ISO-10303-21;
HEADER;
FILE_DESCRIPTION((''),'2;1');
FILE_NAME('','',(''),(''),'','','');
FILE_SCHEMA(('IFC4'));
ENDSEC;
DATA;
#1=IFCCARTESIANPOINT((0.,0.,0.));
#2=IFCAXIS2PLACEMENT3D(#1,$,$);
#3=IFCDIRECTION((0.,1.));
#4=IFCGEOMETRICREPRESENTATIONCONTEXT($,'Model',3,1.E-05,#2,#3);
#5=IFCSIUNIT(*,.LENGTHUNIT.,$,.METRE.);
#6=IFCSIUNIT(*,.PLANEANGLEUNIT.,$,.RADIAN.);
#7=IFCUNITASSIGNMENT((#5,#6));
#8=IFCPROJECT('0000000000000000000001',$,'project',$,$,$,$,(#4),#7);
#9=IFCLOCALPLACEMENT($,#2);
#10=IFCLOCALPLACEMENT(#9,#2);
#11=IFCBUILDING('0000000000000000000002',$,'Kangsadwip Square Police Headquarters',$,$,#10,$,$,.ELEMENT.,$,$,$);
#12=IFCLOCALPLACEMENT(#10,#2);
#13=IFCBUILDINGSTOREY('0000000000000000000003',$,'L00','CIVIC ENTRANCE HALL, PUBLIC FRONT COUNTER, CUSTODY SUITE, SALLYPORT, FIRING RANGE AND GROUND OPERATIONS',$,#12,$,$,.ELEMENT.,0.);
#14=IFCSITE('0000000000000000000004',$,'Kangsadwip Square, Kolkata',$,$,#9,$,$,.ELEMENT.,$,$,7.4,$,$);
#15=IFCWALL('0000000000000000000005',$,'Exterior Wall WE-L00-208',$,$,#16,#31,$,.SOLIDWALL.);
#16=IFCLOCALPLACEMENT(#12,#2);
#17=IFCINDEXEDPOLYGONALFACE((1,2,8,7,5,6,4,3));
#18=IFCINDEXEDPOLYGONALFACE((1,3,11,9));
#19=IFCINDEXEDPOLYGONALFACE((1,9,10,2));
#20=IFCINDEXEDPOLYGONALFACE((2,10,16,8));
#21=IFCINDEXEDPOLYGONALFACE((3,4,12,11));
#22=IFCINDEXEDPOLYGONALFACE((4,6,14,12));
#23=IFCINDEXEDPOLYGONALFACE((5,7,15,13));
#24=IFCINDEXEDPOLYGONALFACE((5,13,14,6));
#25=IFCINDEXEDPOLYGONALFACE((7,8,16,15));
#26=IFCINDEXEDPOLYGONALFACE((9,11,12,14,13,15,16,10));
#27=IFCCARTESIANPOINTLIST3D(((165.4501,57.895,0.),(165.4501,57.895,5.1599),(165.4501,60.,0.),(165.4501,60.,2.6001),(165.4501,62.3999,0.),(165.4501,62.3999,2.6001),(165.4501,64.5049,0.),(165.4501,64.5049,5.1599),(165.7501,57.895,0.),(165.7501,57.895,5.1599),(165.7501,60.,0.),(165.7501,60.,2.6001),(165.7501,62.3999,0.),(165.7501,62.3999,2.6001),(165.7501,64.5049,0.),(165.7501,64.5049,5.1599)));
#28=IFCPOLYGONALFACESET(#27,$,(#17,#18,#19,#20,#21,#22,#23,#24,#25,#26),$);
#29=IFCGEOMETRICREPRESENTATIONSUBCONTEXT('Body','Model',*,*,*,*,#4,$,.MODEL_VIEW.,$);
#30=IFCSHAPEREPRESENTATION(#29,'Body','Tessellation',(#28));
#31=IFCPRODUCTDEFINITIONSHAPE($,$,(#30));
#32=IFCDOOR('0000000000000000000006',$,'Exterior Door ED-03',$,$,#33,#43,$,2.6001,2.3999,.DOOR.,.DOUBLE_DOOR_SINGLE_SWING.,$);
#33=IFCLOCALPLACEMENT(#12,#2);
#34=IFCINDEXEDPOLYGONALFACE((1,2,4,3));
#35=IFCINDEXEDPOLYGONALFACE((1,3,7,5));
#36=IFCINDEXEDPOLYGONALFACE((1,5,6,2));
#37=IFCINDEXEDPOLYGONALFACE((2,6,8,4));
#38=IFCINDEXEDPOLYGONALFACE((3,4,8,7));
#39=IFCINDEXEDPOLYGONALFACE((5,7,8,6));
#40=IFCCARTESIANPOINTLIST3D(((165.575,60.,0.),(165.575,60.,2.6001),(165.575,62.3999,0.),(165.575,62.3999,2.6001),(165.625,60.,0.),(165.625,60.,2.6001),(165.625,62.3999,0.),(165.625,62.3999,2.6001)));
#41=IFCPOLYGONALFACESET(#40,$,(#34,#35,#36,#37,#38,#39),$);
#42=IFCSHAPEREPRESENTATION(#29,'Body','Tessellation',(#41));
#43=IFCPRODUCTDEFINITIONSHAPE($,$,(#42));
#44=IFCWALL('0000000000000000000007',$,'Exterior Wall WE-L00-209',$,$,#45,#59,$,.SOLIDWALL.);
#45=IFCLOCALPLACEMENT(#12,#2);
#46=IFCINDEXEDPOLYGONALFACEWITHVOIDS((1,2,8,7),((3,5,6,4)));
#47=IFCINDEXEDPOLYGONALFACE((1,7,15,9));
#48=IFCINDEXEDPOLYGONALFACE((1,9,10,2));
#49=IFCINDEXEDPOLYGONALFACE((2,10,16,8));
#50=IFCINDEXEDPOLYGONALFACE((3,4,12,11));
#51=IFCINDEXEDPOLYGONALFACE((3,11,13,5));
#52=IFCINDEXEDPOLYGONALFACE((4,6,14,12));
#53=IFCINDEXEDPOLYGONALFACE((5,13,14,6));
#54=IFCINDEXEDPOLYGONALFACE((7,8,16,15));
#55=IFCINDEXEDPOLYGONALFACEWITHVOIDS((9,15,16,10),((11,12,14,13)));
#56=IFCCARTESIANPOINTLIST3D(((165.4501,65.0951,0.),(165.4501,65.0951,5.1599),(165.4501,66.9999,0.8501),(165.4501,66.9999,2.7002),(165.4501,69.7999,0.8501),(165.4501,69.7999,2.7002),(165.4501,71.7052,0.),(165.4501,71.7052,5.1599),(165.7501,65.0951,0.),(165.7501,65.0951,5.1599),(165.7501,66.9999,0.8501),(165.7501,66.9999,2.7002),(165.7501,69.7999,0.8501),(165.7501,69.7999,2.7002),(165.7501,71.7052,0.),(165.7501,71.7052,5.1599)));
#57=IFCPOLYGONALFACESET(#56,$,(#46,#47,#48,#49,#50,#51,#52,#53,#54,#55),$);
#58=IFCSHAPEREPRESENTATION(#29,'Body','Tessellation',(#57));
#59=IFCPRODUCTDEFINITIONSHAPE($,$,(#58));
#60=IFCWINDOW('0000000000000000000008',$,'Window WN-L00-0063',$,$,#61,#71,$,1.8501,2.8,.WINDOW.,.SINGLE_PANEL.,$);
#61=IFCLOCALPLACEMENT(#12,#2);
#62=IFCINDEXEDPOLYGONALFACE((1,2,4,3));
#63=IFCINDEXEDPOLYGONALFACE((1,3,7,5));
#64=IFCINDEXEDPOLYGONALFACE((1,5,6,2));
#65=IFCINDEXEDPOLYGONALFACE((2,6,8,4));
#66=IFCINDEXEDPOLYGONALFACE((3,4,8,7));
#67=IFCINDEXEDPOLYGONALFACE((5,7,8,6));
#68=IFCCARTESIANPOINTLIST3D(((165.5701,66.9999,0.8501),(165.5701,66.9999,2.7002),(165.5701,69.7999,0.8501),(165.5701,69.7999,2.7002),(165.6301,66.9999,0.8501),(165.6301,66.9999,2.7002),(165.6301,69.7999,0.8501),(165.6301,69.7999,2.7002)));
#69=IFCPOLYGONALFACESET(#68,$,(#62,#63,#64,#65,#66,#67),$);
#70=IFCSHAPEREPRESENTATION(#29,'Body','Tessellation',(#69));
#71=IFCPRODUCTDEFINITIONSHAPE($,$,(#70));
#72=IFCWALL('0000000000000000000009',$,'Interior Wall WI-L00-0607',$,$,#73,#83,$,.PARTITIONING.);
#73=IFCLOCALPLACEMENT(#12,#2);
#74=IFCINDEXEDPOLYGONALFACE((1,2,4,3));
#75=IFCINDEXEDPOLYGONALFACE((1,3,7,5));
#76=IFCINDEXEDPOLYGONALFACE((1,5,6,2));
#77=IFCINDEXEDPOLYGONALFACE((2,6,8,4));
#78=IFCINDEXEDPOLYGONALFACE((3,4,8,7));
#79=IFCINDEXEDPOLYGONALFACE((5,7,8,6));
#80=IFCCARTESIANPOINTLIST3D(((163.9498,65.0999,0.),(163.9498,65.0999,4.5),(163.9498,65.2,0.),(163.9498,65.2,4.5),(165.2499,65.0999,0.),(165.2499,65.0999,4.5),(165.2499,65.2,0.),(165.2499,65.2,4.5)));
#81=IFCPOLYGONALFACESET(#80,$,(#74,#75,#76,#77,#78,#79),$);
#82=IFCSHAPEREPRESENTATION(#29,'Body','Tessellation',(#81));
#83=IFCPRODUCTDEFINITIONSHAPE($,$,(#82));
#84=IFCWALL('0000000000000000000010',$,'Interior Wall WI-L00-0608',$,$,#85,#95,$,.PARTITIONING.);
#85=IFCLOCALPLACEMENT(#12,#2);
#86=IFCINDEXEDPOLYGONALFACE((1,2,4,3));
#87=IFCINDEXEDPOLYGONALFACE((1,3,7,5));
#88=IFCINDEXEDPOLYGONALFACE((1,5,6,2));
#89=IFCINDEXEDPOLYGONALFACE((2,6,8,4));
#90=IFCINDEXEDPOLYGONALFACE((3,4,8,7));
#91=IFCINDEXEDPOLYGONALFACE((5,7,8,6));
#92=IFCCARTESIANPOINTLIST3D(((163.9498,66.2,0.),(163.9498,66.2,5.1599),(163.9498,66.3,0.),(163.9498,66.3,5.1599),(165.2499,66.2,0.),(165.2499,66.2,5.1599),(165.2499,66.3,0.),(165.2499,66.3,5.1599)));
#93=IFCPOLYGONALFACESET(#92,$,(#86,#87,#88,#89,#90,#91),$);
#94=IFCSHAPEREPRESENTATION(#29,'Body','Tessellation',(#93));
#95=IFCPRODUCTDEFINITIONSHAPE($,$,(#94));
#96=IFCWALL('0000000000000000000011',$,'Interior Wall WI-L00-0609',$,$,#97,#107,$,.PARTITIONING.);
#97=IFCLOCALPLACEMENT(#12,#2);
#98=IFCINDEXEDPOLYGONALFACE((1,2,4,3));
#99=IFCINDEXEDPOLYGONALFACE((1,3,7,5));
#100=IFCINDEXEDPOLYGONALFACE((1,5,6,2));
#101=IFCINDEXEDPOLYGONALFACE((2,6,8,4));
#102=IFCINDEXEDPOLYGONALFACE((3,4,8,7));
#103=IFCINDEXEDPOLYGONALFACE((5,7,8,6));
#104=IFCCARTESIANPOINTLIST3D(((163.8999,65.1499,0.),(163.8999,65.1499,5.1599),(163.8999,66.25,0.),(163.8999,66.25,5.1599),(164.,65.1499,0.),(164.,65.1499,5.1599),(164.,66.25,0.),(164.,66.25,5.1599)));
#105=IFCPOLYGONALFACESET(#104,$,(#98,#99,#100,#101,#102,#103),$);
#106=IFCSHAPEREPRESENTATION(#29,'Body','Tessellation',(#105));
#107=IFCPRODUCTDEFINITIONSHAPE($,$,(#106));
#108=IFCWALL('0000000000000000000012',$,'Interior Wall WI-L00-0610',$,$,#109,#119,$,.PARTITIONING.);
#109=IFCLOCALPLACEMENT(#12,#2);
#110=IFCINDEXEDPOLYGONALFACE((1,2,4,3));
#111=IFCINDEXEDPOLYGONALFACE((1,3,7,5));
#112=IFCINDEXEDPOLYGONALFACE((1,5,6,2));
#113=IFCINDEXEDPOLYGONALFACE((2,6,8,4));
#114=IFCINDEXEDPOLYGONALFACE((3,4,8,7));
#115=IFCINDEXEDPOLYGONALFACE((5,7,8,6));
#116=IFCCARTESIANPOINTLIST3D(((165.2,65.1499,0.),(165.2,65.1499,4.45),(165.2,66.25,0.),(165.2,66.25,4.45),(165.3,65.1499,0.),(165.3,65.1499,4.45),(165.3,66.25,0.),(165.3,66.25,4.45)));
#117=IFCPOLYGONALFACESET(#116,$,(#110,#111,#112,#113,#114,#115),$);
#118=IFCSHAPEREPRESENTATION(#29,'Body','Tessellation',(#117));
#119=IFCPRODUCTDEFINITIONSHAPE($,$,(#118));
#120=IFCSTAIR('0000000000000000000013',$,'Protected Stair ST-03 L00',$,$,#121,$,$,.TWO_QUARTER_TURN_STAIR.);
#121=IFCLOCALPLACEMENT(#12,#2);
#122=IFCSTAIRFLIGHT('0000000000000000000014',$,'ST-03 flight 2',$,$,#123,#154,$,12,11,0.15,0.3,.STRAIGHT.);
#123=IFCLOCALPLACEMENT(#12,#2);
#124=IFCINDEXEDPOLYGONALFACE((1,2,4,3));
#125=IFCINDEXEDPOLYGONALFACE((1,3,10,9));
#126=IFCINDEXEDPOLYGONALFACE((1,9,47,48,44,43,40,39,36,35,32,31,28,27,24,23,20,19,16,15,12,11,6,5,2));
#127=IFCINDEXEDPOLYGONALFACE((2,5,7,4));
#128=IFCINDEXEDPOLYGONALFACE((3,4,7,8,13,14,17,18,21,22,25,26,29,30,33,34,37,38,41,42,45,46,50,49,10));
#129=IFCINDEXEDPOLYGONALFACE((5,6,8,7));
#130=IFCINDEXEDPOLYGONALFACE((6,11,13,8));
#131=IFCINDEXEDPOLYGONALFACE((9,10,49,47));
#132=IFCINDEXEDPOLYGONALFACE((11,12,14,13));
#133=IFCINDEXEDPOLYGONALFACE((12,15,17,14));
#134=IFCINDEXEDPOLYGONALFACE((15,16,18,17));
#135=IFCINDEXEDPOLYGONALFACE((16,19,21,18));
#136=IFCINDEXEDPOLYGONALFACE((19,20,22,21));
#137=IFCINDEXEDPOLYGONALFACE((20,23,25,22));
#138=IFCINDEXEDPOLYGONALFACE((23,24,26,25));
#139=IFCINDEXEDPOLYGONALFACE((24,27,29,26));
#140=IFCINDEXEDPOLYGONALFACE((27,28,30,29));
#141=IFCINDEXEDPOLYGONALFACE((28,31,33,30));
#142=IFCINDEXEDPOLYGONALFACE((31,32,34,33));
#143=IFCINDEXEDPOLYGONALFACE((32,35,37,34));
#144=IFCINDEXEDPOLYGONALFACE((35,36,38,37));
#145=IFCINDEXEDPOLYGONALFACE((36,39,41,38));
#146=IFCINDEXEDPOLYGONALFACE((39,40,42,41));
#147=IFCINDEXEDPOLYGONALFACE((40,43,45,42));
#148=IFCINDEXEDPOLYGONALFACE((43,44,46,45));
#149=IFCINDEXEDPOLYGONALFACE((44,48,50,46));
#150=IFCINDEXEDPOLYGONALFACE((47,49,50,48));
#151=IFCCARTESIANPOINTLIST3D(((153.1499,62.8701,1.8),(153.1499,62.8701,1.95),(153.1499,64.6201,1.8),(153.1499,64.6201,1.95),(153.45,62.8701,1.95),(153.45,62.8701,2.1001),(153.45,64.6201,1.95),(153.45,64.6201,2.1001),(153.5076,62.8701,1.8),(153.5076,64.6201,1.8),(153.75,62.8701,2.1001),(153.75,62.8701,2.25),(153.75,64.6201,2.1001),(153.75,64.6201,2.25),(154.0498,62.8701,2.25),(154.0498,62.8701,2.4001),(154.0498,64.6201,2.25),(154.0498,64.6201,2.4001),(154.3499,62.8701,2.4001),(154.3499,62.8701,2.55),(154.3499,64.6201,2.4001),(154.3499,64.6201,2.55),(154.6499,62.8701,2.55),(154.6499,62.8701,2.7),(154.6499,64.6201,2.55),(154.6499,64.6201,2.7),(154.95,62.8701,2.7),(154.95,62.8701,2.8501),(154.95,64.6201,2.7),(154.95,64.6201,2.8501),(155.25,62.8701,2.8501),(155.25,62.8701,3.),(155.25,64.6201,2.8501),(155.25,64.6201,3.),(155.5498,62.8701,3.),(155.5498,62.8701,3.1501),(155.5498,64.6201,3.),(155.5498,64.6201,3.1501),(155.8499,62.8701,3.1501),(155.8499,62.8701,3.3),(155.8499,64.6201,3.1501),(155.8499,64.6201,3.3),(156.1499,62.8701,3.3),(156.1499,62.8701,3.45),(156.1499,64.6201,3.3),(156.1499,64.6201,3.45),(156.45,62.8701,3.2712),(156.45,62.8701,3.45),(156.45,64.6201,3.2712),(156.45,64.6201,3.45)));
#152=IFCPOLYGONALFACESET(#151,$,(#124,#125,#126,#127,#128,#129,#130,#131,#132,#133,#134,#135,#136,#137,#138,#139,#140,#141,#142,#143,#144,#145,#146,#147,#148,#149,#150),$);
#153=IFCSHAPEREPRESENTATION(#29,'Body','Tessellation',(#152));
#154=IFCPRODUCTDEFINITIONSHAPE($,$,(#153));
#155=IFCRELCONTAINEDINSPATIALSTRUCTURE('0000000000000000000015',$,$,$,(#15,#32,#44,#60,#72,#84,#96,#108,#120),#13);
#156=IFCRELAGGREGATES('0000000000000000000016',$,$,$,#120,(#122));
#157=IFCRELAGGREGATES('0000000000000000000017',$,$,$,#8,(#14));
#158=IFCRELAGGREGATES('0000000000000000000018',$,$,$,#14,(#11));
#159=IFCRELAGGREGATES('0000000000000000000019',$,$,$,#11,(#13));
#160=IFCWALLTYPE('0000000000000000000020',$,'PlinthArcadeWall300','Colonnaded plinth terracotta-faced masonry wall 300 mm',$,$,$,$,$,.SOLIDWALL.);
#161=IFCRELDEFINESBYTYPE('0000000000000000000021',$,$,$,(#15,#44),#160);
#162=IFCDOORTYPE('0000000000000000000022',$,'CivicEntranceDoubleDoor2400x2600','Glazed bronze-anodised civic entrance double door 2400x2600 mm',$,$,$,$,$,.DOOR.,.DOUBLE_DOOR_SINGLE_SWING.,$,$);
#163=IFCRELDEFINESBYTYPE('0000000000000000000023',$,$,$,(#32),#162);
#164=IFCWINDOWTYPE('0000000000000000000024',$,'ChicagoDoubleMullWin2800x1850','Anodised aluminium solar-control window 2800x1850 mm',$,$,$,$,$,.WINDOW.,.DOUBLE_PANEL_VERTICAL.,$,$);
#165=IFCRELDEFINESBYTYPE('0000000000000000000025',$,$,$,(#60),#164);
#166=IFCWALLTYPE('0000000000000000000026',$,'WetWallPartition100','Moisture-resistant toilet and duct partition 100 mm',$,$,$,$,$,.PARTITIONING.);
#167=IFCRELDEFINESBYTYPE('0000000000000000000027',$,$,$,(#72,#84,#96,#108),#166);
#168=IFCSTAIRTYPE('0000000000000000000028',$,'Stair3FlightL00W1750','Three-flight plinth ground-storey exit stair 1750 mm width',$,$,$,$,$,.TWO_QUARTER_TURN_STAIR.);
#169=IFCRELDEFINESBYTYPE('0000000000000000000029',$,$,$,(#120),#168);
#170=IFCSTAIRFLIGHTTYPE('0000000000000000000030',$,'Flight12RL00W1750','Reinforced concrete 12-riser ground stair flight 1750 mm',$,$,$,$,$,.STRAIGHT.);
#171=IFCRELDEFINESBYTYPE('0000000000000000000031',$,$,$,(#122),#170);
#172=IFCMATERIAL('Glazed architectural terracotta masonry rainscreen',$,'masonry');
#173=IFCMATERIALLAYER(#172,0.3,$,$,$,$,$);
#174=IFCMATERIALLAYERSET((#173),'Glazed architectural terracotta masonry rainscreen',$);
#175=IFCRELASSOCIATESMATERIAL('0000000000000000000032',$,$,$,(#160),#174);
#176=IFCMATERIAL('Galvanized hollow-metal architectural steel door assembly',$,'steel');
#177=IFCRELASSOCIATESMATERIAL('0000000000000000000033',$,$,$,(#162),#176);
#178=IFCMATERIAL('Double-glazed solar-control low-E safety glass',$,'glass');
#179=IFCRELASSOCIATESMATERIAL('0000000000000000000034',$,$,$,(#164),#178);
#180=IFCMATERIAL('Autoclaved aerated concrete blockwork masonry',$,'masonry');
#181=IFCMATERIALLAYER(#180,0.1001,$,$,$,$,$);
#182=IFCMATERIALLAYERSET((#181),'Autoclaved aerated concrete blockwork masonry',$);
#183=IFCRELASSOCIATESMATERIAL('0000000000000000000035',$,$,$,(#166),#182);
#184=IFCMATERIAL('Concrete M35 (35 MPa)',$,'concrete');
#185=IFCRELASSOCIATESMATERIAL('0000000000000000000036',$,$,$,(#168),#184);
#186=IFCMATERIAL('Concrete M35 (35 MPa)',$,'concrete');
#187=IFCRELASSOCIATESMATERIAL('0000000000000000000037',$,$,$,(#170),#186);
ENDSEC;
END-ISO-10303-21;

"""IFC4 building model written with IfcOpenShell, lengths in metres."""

from ifc_helpers import new_model, si_unit, direction, frame, frame_2d, origin, place, context, subcontext, project, spatial, polyline, rectangle, outline, extrude, material, layer, layer_set, type_object, element, fill, aggregate, save


model = new_model("IFC4")

# Units and contexts
model_context = context("Model", 3, precision=1e-05, world=origin(), true_north=direction((0.0, 1.0)))
body_context = subcontext(model_context, "Body", "Model", "MODEL_VIEW")
ifc_project = project(units=[si_unit("LENGTHUNIT", "METRE"), si_unit("PLANEANGLEUNIT", "RADIAN")], contexts=[model_context])

# Site, building, storey
site_placement = place(None, origin())
site = spatial("IfcSite", under=ifc_project, at=site_placement, Name="Kangsadwip Square, Kolkata", CompositionType="ELEMENT", RefElevation=7.4)
building_placement = place(site_placement, origin())
building = spatial("IfcBuilding", under=site, at=building_placement, Name="Kangsadwip Square Police Headquarters", CompositionType="ELEMENT")
storey_placement = place(building_placement, origin())
storey = spatial("IfcBuildingStorey", under=building, at=storey_placement, Name="L00", Description="CIVIC ENTRANCE HALL, PUBLIC FRONT COUNTER, CUSTODY SUITE, SALLYPORT, FIRING RANGE AND GROUND OPERATIONS", CompositionType="ELEMENT", Elevation=0.0)

# Wall, opening, door
ifc_material_1 = material(Name="Glazed architectural terracotta masonry rainscreen", Category="masonry")
ifc_layer_1 = layer(ifc_material_1, 0.3)
ifc_layer_set_1 = layer_set([ifc_layer_1], Name="Glazed architectural terracotta masonry rainscreen")
wall_type_1 = type_object("IfcWallType", Name="PlinthArcadeWall300", Description="Colonnaded plinth terracotta-faced masonry wall 300 mm", PredefinedType="SOLIDWALL", material=ifc_layer_set_1)
wall_1_placement = place(storey_placement, frame((165.6001, 64.5049, 0.0), z_axis=(0.0, 0.0, 1.0), x_axis=(0.0, -1.0, 0.0)))
wall_1 = element("IfcWall", 1, at=wall_1_placement, inside=storey, type_object=wall_type_1, Name="Exterior Wall WE-L00-208", PredefinedType="SOLIDWALL", context=body_context, shape_type="SweptSolid", body=[
    extrude(rectangle(XDim=6.6099, YDim=0.3, at=frame_2d((3.3049, 0.0))), origin(), (0.0, 0.0, 1.0), 5.1599),
])
opening_1_placement = place(wall_1_placement, frame((2.105, 0.0, 0.0)))
opening_1 = element("IfcOpeningElement", 2, at=opening_1_placement, cuts=wall_1, PredefinedType="OPENING", context=body_context, shape_type="SweptSolid", body=[
    extrude(rectangle(XDim=2.3999, YDim=2.6001, at=frame_2d((1.2, 1.3))), frame((0.0, 0.1599, 0.0), z_axis=(0.0, -1.0, 0.0), x_axis=(1.0, 0.0, 0.0)), (0.0, 0.0, 1.0), 0.3201),
])
ifc_material_2 = material(Name="Galvanized hollow-metal architectural steel door assembly", Category="steel")
door_type_1 = type_object("IfcDoorType", Name="CivicEntranceDoubleDoor2400x2600", Description="Glazed bronze-anodised civic entrance double door 2400x2600 mm", OperationType="DOUBLE_DOOR_SINGLE_SWING", PredefinedType="DOOR", material=ifc_material_2)
door_1_placement = place(opening_1_placement, origin())
door_1 = element("IfcDoor", 3, at=door_1_placement, inside=storey, type_object=door_type_1, Name="Exterior Door ED-03", OperationType="DOUBLE_DOOR_SINGLE_SWING", OverallHeight=2.6001, OverallWidth=2.3999, PredefinedType="DOOR", context=body_context, shape_type="SweptSolid", body=[
    extrude(rectangle(XDim=2.3999, YDim=2.6001, at=frame_2d((1.2, 1.3))), frame((0.0, 0.0249, 0.0), z_axis=(0.0, -1.0, 0.0), x_axis=(1.0, 0.0, 0.0)), (0.0, 0.0, 1.0), 0.05),
])
fill(opening_1, door_1)

# Wall, opening, window
wall_2_placement = place(storey_placement, frame((165.6001, 65.095, 0.0), z_axis=(0.0, 0.0, 1.0), x_axis=(0.0, 1.0, 0.0)))
wall_2 = element("IfcWall", 4, at=wall_2_placement, inside=storey, type_object=wall_type_1, Name="Exterior Wall WE-L00-209", PredefinedType="SOLIDWALL", context=body_context, shape_type="SweptSolid", body=[
    extrude(rectangle(XDim=6.6101, YDim=0.3, at=frame_2d((3.3052, 0.0))), origin(), (0.0, 0.0, 1.0), 5.1599),
])
opening_2_placement = place(wall_2_placement, frame((1.905, 0.0, 0.8501)))
opening_2 = element("IfcOpeningElement", 5, at=opening_2_placement, cuts=wall_2, PredefinedType="OPENING", context=body_context, shape_type="SweptSolid", body=[
    extrude(rectangle(XDim=2.8, YDim=1.8501, at=frame_2d((1.3999, 0.925))), frame((0.0, 0.1599, 0.0), z_axis=(0.0, -1.0, 0.0), x_axis=(1.0, 0.0, 0.0)), (0.0, 0.0, 1.0), 0.3201),
])
ifc_material_3 = material(Name="Double-glazed solar-control low-E safety glass", Category="glass")
window_type = type_object("IfcWindowType", Name="ChicagoDoubleMullWin2800x1850", Description="Anodised aluminium solar-control window 2800x1850 mm", PartitioningType="DOUBLE_PANEL_VERTICAL", PredefinedType="WINDOW", material=ifc_material_3)
window_placement = place(opening_2_placement, origin())
window = element("IfcWindow", 6, at=window_placement, inside=storey, type_object=window_type, Name="Window WN-L00-0063", OverallHeight=1.8501, OverallWidth=2.8, PartitioningType="SINGLE_PANEL", PredefinedType="WINDOW", context=body_context, shape_type="SweptSolid", body=[
    extrude(rectangle(XDim=2.8, YDim=1.8501, at=frame_2d((1.3999, 0.925))), frame((0.0, 0.03, 0.0), z_axis=(0.0, -1.0, 0.0), x_axis=(1.0, 0.0, 0.0)), (0.0, 0.0, 1.0), 0.0601),
])
fill(opening_2, window)

# Walls
ifc_material_4 = material(Name="Autoclaved aerated concrete blockwork masonry", Category="masonry")
ifc_layer_2 = layer(ifc_material_4, 0.1001)
ifc_layer_set_2 = layer_set([ifc_layer_2], Name="Autoclaved aerated concrete blockwork masonry")
wall_type_2 = type_object("IfcWallType", Name="WetWallPartition100", Description="Moisture-resistant toilet and duct partition 100 mm", PredefinedType="PARTITIONING", material=ifc_layer_set_2)
wall_3_placement = place(storey_placement, frame((163.95, 65.1499, 0.0), z_axis=(0.0, 0.0, 1.0), x_axis=(1.0, 0.0, 0.0)))
element("IfcWall", 7, at=wall_3_placement, inside=storey, type_object=wall_type_2, Name="Interior Wall WI-L00-0607", PredefinedType="PARTITIONING", context=body_context, shape_type="SweptSolid", body=[
    extrude(rectangle(XDim=1.3, YDim=0.1001, at=frame_2d((0.6499, 0.0))), origin(), (0.0, 0.0, 1.0), 4.5),
])
wall_4_placement = place(storey_placement, frame((163.95, 66.25, 0.0), z_axis=(0.0, 0.0, 1.0), x_axis=(1.0, 0.0, 0.0)))
element("IfcWall", 8, at=wall_4_placement, inside=storey, type_object=wall_type_2, Name="Interior Wall WI-L00-0608", PredefinedType="PARTITIONING", context=body_context, shape_type="SweptSolid", body=[
    extrude(rectangle(XDim=1.3, YDim=0.1001, at=frame_2d((0.6499, 0.0))), origin(), (0.0, 0.0, 1.0), 5.1599),
])
wall_5_placement = place(storey_placement, frame((163.95, 65.1499, 0.0), z_axis=(0.0, 0.0, 1.0), x_axis=(0.0, 1.0, 0.0)))
element("IfcWall", 9, at=wall_5_placement, inside=storey, type_object=wall_type_2, Name="Interior Wall WI-L00-0609", PredefinedType="PARTITIONING", context=body_context, shape_type="SweptSolid", body=[
    extrude(rectangle(XDim=1.1001, YDim=0.1001, at=frame_2d((0.55, 0.0))), origin(), (0.0, 0.0, 1.0), 5.1599),
])
wall_6_placement = place(storey_placement, frame((165.25, 65.1499, 0.0), z_axis=(0.0, 0.0, 1.0), x_axis=(0.0, 1.0, 0.0)))
element("IfcWall", 10, at=wall_6_placement, inside=storey, type_object=wall_type_2, Name="Interior Wall WI-L00-0610", PredefinedType="PARTITIONING", context=body_context, shape_type="SweptSolid", body=[
    extrude(rectangle(XDim=1.1001, YDim=0.1001, at=frame_2d((0.55, 0.0))), origin(), (0.0, 0.0, 1.0), 4.45),
])

# Stair, stair flight
ifc_material_5 = material(Name="Concrete M35 (35 MPa)", Category="concrete")
stair_type = type_object("IfcStairType", Name="Stair3FlightL00W1750", Description="Three-flight plinth ground-storey exit stair 1750 mm width", PredefinedType="TWO_QUARTER_TURN_STAIR", material=ifc_material_5)
stair_placement = place(storey_placement, origin())
stair = element("IfcStair", 11, at=stair_placement, inside=storey, type_object=stair_type, Name="Protected Stair ST-03 L00", PredefinedType="TWO_QUARTER_TURN_STAIR")
ifc_material_6 = material(Name="Concrete M35 (35 MPa)", Category="concrete")
stair_flight_type = type_object("IfcStairFlightType", Name="Flight12RL00W1750", Description="Reinforced concrete 12-riser ground stair flight 1750 mm", PredefinedType="STRAIGHT", material=ifc_material_6)
stair_flight_1_placement = place(storey_placement, frame((153.1499, 63.7451, 1.8), z_axis=(0.0, 0.0, 1.0), x_axis=(1.0, 0.0, 0.0)))
stair_flight_1 = element("IfcStairFlight", 12, at=stair_flight_1_placement, type_object=stair_flight_type, Name="ST-03 flight 2", NumberOfRisers=12, NumberOfTreads=11, PredefinedType="STRAIGHT", RiserHeight=0.15, TreadLength=0.3, context=body_context, shape_type="SweptSolid", body=[
    extrude(outline(polyline([(0.0, 0.0), (0.0, 0.1499), (0.3, 0.1499), (0.3, 0.3), (0.6001, 0.3), (0.6001, 0.45), (0.8999, 0.45), (0.8999, 0.6001), (1.2, 0.6001), (1.2, 0.75), (1.5, 0.75), (1.5, 0.8999), (1.8, 0.8999), (1.8, 1.05), (2.1001, 1.05), (2.1001, 1.2), (2.3999, 1.2), (2.3999, 1.3501), (2.7, 1.3501), (2.7, 1.5), (3.0, 1.5), (3.0, 1.6499), (3.3, 1.6499), (3.3, 1.8), (3.3, 1.4712), (0.3577, 0.0), (0.0, 0.0)])), frame((0.0, 0.875, 0.0), z_axis=(0.0, -1.0, 0.0), x_axis=(1.0, 0.0, 0.0)), (0.0, 0.0, 1.0), 1.75),
])
aggregate(stair, [stair_flight_1])

save(model, "model.ifc")
